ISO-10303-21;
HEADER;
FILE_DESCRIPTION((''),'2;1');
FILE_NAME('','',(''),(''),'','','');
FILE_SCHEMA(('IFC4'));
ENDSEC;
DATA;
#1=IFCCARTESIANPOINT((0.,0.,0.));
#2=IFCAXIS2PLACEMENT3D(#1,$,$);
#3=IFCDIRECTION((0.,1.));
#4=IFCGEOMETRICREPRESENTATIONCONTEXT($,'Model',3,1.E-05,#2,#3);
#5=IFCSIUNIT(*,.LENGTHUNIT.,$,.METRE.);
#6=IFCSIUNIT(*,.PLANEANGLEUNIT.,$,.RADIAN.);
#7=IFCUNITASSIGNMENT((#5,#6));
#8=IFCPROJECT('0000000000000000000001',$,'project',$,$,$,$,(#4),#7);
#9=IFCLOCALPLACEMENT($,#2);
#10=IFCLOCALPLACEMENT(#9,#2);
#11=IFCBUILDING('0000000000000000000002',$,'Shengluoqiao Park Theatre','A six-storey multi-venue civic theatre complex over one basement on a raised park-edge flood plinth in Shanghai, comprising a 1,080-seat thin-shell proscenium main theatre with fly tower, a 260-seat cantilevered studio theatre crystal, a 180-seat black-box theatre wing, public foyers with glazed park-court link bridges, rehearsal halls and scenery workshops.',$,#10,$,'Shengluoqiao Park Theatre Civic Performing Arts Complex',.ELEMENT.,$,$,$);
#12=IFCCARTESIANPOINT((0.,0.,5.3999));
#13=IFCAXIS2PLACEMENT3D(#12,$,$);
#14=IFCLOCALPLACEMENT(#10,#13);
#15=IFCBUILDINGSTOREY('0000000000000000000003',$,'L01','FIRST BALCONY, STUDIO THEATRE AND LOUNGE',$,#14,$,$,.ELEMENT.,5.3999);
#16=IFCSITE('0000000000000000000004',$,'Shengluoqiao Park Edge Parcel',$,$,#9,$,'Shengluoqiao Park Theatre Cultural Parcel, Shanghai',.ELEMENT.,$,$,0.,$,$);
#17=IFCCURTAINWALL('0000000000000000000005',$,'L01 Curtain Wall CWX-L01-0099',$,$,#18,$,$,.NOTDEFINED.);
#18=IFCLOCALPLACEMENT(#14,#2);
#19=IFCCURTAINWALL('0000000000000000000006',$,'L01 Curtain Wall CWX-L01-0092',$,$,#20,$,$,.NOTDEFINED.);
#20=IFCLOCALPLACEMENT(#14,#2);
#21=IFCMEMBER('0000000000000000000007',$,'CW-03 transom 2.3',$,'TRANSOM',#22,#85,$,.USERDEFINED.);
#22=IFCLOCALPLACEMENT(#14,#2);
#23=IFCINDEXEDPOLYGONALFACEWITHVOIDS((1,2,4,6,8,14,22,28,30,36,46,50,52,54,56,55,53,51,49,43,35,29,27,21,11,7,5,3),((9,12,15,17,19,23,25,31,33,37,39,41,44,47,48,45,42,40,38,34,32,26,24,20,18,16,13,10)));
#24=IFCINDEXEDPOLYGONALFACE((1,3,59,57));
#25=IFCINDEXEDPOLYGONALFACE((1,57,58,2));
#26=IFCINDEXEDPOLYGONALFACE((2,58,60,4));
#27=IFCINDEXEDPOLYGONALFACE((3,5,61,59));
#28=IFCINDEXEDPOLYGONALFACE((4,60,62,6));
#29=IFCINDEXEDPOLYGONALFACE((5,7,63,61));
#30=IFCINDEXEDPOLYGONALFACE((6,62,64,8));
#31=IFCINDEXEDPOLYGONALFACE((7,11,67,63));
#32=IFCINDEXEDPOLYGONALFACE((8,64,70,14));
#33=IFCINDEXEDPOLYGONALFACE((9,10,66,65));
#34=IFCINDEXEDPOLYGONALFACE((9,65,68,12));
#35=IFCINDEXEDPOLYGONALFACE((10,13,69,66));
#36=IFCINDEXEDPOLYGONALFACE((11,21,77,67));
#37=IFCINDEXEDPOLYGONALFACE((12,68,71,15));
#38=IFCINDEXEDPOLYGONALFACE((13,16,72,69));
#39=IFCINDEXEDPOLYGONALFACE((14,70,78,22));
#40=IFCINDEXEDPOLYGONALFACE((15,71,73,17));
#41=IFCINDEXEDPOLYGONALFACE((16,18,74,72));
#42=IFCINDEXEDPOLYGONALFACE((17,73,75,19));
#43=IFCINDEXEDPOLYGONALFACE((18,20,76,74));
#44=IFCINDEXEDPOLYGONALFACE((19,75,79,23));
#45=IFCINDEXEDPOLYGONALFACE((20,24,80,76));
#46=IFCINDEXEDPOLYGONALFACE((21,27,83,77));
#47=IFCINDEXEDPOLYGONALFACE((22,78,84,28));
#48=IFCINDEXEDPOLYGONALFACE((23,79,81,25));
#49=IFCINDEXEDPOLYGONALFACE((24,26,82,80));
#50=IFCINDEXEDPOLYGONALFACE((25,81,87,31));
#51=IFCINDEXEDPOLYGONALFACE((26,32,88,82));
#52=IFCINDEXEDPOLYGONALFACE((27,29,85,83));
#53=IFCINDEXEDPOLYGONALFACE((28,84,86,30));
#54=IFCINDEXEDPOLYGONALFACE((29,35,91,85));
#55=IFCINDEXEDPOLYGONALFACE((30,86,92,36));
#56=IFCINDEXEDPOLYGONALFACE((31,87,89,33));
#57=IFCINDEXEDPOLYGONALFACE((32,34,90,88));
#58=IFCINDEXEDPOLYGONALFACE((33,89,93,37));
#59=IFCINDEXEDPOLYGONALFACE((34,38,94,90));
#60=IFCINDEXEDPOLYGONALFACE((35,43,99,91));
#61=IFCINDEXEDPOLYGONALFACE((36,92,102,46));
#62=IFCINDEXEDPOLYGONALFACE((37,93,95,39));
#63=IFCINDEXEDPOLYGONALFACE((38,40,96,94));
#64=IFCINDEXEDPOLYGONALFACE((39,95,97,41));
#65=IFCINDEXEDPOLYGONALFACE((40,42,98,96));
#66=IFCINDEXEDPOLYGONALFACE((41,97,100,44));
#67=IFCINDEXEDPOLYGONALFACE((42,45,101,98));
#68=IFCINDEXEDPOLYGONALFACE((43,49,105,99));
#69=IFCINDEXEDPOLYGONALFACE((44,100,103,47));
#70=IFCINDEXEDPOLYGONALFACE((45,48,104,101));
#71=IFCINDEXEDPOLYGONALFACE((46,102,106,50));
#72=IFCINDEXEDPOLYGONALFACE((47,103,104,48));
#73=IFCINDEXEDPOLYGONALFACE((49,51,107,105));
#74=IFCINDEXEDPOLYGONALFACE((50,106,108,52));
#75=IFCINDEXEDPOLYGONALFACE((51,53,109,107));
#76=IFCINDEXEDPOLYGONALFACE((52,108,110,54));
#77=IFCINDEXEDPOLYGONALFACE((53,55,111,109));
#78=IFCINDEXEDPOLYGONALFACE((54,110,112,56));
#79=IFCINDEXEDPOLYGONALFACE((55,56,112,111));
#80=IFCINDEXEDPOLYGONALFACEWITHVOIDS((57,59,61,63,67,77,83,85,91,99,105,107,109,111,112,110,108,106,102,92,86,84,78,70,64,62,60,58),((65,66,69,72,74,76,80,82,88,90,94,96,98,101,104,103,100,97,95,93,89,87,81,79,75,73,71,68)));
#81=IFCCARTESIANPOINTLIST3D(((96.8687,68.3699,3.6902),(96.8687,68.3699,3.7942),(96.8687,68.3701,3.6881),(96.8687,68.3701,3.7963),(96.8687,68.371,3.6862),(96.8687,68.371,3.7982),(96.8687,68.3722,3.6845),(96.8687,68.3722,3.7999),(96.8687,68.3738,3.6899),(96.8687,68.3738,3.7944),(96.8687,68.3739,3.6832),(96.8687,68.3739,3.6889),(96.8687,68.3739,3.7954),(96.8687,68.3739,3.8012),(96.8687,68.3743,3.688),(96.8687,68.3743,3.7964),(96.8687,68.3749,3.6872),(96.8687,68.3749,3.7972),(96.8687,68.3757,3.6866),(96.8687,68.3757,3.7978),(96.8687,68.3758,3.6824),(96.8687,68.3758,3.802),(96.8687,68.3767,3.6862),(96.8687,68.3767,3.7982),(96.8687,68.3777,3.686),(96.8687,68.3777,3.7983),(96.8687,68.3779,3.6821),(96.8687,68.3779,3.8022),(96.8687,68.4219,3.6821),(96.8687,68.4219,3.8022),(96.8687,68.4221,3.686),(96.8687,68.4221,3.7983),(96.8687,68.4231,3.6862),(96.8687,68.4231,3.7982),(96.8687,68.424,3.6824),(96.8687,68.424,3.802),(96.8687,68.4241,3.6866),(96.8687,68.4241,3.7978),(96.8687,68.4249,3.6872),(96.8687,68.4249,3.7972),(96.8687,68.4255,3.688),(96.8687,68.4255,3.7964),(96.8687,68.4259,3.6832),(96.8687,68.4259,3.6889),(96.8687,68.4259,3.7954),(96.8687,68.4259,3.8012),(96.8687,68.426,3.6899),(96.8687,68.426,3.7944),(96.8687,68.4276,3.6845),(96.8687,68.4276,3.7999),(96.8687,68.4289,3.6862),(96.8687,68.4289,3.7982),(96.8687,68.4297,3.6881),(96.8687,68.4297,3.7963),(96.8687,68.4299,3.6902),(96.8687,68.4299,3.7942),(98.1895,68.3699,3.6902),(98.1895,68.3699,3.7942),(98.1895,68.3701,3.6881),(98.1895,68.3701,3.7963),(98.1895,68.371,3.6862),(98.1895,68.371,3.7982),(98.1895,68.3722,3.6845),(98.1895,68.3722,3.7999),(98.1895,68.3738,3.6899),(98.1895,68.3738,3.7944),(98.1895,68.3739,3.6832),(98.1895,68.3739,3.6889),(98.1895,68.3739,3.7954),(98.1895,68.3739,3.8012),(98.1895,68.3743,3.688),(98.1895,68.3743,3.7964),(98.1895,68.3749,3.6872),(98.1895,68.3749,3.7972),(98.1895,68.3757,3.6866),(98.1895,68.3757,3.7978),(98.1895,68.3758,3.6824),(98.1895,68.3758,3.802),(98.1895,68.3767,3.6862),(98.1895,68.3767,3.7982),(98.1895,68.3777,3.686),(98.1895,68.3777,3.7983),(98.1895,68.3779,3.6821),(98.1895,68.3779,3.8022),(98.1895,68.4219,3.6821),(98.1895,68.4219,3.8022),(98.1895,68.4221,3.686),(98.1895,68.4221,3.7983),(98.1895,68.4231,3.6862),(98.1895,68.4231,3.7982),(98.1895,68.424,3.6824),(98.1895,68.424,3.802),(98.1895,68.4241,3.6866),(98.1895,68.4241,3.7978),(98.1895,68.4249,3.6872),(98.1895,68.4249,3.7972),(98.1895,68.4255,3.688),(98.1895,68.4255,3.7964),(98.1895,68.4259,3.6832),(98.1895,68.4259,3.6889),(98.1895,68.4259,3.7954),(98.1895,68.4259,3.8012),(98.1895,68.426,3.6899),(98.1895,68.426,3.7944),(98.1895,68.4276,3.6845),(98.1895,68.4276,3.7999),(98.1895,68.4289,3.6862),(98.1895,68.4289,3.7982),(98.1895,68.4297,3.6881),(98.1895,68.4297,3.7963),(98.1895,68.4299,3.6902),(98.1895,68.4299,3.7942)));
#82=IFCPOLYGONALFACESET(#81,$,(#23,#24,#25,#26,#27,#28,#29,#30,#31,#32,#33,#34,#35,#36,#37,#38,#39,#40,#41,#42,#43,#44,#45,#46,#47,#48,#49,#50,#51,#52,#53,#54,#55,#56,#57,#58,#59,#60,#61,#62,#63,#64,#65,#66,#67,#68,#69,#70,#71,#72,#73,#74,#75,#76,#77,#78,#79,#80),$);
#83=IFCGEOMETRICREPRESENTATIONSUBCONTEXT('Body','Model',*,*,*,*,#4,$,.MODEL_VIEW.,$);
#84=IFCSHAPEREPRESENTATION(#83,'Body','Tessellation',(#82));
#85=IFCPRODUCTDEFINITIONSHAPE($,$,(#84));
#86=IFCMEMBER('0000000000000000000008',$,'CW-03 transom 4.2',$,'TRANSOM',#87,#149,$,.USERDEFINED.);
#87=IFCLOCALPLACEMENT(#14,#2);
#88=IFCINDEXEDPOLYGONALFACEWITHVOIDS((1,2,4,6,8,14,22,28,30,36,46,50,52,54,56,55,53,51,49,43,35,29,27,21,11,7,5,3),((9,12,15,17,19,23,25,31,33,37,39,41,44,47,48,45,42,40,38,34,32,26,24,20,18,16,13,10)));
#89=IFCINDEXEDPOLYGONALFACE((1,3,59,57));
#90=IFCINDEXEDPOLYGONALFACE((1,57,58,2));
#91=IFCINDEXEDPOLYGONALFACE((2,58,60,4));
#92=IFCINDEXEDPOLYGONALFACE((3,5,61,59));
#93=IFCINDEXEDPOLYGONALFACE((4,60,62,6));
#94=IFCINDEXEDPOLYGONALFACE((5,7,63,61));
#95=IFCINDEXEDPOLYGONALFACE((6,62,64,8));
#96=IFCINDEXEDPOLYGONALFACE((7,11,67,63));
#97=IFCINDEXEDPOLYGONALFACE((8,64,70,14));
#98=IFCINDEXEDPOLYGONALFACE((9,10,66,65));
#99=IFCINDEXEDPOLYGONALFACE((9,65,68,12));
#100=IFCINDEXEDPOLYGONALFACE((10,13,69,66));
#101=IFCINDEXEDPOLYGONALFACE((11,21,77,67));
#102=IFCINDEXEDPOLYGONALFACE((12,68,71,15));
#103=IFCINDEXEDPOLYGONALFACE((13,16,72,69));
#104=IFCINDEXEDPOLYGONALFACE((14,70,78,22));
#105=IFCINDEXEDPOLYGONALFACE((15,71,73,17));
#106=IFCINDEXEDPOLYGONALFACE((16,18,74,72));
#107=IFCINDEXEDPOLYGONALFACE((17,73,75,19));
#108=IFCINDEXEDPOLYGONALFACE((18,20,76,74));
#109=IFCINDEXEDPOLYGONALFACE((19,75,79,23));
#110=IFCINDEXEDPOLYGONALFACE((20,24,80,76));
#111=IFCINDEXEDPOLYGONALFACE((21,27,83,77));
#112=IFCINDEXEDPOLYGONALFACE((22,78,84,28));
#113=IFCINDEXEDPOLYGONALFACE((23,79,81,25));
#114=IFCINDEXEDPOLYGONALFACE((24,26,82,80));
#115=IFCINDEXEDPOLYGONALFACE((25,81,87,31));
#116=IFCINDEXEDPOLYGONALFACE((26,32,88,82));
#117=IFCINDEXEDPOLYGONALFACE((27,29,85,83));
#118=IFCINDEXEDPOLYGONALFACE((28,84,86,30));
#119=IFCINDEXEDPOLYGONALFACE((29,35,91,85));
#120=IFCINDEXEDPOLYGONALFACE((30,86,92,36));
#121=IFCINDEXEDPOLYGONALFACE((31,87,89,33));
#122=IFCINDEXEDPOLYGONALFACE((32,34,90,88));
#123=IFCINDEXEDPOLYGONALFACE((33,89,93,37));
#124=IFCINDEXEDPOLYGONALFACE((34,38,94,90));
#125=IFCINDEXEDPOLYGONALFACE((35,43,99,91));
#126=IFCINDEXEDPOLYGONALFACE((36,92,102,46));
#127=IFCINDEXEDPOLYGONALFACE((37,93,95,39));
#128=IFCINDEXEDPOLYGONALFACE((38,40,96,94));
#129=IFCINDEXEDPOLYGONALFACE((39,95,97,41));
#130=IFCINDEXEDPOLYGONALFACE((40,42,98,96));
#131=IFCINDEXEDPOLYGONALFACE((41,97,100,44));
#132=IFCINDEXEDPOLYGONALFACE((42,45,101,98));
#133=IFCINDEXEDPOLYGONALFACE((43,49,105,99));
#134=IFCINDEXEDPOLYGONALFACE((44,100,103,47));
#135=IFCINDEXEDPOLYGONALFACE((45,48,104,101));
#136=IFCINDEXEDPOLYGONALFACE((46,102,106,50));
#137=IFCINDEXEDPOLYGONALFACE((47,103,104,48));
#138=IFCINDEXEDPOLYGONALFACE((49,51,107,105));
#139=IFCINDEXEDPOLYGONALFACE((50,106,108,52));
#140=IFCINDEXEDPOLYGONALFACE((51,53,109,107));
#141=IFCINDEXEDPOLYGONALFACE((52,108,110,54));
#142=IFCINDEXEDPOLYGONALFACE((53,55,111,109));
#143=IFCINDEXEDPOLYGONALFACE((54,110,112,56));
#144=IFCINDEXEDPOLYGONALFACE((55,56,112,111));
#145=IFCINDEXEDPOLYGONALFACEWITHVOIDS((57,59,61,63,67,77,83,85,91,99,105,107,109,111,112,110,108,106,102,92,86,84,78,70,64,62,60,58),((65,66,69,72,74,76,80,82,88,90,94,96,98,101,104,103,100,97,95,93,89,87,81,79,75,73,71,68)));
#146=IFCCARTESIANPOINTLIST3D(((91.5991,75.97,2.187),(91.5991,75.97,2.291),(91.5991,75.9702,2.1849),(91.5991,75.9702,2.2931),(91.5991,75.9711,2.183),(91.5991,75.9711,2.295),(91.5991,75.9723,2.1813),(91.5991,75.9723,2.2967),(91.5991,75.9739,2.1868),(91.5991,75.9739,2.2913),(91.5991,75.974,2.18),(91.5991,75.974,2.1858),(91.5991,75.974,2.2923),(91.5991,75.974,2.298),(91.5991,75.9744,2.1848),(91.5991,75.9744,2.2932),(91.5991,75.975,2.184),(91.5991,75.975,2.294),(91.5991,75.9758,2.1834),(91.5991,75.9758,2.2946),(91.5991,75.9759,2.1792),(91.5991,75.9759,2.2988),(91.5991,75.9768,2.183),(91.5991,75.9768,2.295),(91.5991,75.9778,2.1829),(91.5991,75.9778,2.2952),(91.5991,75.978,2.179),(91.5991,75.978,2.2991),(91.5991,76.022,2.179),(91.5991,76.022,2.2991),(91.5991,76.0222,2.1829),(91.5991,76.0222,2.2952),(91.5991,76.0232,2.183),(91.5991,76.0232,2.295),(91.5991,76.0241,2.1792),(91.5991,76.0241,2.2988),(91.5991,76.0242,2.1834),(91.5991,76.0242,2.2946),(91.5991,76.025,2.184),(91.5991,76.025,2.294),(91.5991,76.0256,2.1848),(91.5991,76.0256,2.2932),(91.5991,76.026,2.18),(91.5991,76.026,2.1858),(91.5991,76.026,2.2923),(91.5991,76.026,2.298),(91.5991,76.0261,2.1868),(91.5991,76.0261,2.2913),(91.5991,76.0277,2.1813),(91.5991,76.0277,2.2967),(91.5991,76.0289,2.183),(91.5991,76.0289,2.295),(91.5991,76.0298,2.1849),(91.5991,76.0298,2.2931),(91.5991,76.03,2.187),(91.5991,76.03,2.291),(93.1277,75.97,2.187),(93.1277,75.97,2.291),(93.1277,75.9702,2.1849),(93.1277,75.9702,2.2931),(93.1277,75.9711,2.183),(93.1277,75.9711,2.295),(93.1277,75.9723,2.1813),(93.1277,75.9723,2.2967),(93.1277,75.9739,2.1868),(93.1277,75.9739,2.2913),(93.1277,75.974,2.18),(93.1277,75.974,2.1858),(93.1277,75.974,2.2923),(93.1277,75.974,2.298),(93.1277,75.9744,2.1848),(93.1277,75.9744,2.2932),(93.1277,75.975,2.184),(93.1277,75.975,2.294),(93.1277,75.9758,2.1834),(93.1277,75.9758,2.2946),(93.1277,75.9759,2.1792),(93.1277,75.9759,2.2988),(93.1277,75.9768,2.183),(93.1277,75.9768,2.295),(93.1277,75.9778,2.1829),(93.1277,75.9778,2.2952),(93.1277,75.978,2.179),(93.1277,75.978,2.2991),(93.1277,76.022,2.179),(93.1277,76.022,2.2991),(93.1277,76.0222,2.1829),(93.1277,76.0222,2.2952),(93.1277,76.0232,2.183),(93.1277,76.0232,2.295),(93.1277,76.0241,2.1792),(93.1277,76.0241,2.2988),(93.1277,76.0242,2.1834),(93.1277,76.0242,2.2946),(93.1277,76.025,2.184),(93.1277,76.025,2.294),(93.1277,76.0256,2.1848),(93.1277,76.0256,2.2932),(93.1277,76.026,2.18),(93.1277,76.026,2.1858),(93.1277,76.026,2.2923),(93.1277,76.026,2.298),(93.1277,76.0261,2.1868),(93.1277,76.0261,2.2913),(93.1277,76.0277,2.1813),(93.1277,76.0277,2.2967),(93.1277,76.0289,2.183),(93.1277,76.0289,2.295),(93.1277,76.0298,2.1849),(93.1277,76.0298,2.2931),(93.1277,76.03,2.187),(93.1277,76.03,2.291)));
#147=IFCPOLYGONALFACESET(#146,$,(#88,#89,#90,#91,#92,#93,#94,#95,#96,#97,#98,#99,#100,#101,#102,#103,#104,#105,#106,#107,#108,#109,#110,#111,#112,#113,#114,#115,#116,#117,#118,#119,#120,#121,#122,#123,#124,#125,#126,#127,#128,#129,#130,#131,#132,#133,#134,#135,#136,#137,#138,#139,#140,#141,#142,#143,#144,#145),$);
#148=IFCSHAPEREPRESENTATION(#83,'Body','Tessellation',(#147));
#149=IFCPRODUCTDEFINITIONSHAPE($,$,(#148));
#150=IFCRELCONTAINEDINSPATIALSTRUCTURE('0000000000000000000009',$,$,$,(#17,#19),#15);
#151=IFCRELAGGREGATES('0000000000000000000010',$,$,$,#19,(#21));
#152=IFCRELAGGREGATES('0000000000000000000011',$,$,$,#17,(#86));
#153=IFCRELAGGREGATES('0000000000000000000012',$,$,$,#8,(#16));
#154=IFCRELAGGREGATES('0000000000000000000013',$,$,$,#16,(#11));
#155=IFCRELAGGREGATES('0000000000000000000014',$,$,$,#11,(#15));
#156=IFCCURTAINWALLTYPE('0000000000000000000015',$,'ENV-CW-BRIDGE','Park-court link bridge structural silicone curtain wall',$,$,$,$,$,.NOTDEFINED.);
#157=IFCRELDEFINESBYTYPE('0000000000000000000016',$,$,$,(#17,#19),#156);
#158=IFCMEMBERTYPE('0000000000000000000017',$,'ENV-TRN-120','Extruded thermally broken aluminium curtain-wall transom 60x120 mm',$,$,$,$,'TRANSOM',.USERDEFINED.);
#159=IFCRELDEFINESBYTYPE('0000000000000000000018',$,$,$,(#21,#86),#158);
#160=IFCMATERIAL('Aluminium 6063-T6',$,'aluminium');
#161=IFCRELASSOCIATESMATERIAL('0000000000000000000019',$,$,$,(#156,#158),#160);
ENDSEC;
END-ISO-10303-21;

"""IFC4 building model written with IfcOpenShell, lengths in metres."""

from ifc_helpers import new_model, si_unit, direction, frame, origin, origin_2d, place, context, subcontext, project, spatial, hollow_rectangle, extrude, material, material_profile, profile_set, type_object, element, aggregate, save


model = new_model("IFC4")

# Units and contexts
model_context = context("Model", 3, precision=1e-05, world=origin(), true_north=direction((0.0, 1.0)))
body_context = subcontext(model_context, "Body", "Model", "MODEL_VIEW")
ifc_project = project(units=[si_unit("LENGTHUNIT", "METRE"), si_unit("PLANEANGLEUNIT", "RADIAN")], contexts=[model_context])

# Site, building, storey
site_placement = place(None, origin())
site = spatial("IfcSite", under=ifc_project, at=site_placement, Name="Shengluoqiao Park Edge Parcel", LongName="Shengluoqiao Park Theatre Cultural Parcel, Shanghai", CompositionType="ELEMENT", RefElevation=0.0)
building_placement = place(site_placement, origin())
building = spatial("IfcBuilding", under=site, at=building_placement, Name="Shengluoqiao Park Theatre", Description="A six-storey multi-venue civic theatre complex over one basement on a raised park-edge flood plinth in Shanghai, comprising a 1,080-seat thin-shell proscenium main theatre with fly tower, a 260-seat cantilevered studio theatre crystal, a 180-seat black-box theatre wing, public foyers with glazed park-court link bridges, rehearsal halls and scenery workshops.", LongName="Shengluoqiao Park Theatre Civic Performing Arts Complex", CompositionType="ELEMENT")
storey_placement = place(building_placement, frame((0.0, 0.0, 5.3999)))
storey = spatial("IfcBuildingStorey", under=building, at=storey_placement, Name="L01", Description="FIRST BALCONY, STUDIO THEATRE AND LOUNGE", CompositionType="ELEMENT", Elevation=5.3999)

# Curtain wall
ifc_material_1 = material(Name="Aluminium 6063-T6", Category="aluminium")
curtain_wall_type = type_object("IfcCurtainWallType", Name="ENV-CW-BRIDGE", Description="Park-court link bridge structural silicone curtain wall", PredefinedType="NOTDEFINED", material=ifc_material_1)
curtain_wall_1_placement = place(storey_placement, origin())
curtain_wall_1 = element("IfcCurtainWall", 1, at=curtain_wall_1_placement, inside=storey, type_object=curtain_wall_type, Name="L01 Curtain Wall CWX-L01-0099", PredefinedType="NOTDEFINED")

# Curtain wall, member
curtain_wall_2_placement = place(storey_placement, origin())
curtain_wall_2 = element("IfcCurtainWall", 2, at=curtain_wall_2_placement, inside=storey, type_object=curtain_wall_type, Name="L01 Curtain Wall CWX-L01-0092", PredefinedType="NOTDEFINED")
ifc_material_profile_1 = material_profile(ifc_material_1, hollow_rectangle(XDim=0.0601, YDim=0.1201, WallThickness=0.0039, InnerFilletRadius=0.0039, OuterFilletRadius=0.0081, at=origin_2d()), Name="ALU TRANSOM 120x60x4")
ifc_profile_set_1 = profile_set([ifc_material_profile_1], Name="Aluminium 6063-T6")
member_type_1 = type_object("IfcMemberType", Name="ENV-TRN-120", Description="Extruded thermally broken aluminium curtain-wall transom 60x120 mm", ElementType="TRANSOM", PredefinedType="USERDEFINED", material=ifc_profile_set_1)
member_1_placement = place(storey_placement, frame((96.8687, 68.3999, 3.7422), z_axis=(1.0, 0.0, 0.0), x_axis=(0.0, 1.0, 0.0)))
member_1 = element("IfcMember", 3, at=member_1_placement, type_object=member_type_1, Name="CW-03 transom 2.3", ObjectType="TRANSOM", PredefinedType="USERDEFINED", context=body_context, shape_type="SweptSolid", body=[
    extrude(hollow_rectangle(XDim=0.0601, YDim=0.1201, WallThickness=0.0039, InnerFilletRadius=0.0039, OuterFilletRadius=0.0081, at=origin_2d()), origin(), (0.0, 0.0, 1.0), 1.3208),
])

# Member
member_2_placement = place(storey_placement, frame((91.5991, 76.0, 2.239), z_axis=(1.0, 0.0, 0.0), x_axis=(0.0, 1.0, 0.0)))
member_2 = element("IfcMember", 4, at=member_2_placement, type_object=member_type_1, Name="CW-03 transom 4.2", ObjectType="TRANSOM", PredefinedType="USERDEFINED", context=body_context, shape_type="SweptSolid", body=[
    extrude(hollow_rectangle(XDim=0.0601, YDim=0.1201, WallThickness=0.0039, InnerFilletRadius=0.0039, OuterFilletRadius=0.0081, at=origin_2d()), origin(), (0.0, 0.0, 1.0), 1.5286),
])

aggregate(curtain_wall_2, [member_1])
aggregate(curtain_wall_1, [member_2])

save(model, "model.ifc")
